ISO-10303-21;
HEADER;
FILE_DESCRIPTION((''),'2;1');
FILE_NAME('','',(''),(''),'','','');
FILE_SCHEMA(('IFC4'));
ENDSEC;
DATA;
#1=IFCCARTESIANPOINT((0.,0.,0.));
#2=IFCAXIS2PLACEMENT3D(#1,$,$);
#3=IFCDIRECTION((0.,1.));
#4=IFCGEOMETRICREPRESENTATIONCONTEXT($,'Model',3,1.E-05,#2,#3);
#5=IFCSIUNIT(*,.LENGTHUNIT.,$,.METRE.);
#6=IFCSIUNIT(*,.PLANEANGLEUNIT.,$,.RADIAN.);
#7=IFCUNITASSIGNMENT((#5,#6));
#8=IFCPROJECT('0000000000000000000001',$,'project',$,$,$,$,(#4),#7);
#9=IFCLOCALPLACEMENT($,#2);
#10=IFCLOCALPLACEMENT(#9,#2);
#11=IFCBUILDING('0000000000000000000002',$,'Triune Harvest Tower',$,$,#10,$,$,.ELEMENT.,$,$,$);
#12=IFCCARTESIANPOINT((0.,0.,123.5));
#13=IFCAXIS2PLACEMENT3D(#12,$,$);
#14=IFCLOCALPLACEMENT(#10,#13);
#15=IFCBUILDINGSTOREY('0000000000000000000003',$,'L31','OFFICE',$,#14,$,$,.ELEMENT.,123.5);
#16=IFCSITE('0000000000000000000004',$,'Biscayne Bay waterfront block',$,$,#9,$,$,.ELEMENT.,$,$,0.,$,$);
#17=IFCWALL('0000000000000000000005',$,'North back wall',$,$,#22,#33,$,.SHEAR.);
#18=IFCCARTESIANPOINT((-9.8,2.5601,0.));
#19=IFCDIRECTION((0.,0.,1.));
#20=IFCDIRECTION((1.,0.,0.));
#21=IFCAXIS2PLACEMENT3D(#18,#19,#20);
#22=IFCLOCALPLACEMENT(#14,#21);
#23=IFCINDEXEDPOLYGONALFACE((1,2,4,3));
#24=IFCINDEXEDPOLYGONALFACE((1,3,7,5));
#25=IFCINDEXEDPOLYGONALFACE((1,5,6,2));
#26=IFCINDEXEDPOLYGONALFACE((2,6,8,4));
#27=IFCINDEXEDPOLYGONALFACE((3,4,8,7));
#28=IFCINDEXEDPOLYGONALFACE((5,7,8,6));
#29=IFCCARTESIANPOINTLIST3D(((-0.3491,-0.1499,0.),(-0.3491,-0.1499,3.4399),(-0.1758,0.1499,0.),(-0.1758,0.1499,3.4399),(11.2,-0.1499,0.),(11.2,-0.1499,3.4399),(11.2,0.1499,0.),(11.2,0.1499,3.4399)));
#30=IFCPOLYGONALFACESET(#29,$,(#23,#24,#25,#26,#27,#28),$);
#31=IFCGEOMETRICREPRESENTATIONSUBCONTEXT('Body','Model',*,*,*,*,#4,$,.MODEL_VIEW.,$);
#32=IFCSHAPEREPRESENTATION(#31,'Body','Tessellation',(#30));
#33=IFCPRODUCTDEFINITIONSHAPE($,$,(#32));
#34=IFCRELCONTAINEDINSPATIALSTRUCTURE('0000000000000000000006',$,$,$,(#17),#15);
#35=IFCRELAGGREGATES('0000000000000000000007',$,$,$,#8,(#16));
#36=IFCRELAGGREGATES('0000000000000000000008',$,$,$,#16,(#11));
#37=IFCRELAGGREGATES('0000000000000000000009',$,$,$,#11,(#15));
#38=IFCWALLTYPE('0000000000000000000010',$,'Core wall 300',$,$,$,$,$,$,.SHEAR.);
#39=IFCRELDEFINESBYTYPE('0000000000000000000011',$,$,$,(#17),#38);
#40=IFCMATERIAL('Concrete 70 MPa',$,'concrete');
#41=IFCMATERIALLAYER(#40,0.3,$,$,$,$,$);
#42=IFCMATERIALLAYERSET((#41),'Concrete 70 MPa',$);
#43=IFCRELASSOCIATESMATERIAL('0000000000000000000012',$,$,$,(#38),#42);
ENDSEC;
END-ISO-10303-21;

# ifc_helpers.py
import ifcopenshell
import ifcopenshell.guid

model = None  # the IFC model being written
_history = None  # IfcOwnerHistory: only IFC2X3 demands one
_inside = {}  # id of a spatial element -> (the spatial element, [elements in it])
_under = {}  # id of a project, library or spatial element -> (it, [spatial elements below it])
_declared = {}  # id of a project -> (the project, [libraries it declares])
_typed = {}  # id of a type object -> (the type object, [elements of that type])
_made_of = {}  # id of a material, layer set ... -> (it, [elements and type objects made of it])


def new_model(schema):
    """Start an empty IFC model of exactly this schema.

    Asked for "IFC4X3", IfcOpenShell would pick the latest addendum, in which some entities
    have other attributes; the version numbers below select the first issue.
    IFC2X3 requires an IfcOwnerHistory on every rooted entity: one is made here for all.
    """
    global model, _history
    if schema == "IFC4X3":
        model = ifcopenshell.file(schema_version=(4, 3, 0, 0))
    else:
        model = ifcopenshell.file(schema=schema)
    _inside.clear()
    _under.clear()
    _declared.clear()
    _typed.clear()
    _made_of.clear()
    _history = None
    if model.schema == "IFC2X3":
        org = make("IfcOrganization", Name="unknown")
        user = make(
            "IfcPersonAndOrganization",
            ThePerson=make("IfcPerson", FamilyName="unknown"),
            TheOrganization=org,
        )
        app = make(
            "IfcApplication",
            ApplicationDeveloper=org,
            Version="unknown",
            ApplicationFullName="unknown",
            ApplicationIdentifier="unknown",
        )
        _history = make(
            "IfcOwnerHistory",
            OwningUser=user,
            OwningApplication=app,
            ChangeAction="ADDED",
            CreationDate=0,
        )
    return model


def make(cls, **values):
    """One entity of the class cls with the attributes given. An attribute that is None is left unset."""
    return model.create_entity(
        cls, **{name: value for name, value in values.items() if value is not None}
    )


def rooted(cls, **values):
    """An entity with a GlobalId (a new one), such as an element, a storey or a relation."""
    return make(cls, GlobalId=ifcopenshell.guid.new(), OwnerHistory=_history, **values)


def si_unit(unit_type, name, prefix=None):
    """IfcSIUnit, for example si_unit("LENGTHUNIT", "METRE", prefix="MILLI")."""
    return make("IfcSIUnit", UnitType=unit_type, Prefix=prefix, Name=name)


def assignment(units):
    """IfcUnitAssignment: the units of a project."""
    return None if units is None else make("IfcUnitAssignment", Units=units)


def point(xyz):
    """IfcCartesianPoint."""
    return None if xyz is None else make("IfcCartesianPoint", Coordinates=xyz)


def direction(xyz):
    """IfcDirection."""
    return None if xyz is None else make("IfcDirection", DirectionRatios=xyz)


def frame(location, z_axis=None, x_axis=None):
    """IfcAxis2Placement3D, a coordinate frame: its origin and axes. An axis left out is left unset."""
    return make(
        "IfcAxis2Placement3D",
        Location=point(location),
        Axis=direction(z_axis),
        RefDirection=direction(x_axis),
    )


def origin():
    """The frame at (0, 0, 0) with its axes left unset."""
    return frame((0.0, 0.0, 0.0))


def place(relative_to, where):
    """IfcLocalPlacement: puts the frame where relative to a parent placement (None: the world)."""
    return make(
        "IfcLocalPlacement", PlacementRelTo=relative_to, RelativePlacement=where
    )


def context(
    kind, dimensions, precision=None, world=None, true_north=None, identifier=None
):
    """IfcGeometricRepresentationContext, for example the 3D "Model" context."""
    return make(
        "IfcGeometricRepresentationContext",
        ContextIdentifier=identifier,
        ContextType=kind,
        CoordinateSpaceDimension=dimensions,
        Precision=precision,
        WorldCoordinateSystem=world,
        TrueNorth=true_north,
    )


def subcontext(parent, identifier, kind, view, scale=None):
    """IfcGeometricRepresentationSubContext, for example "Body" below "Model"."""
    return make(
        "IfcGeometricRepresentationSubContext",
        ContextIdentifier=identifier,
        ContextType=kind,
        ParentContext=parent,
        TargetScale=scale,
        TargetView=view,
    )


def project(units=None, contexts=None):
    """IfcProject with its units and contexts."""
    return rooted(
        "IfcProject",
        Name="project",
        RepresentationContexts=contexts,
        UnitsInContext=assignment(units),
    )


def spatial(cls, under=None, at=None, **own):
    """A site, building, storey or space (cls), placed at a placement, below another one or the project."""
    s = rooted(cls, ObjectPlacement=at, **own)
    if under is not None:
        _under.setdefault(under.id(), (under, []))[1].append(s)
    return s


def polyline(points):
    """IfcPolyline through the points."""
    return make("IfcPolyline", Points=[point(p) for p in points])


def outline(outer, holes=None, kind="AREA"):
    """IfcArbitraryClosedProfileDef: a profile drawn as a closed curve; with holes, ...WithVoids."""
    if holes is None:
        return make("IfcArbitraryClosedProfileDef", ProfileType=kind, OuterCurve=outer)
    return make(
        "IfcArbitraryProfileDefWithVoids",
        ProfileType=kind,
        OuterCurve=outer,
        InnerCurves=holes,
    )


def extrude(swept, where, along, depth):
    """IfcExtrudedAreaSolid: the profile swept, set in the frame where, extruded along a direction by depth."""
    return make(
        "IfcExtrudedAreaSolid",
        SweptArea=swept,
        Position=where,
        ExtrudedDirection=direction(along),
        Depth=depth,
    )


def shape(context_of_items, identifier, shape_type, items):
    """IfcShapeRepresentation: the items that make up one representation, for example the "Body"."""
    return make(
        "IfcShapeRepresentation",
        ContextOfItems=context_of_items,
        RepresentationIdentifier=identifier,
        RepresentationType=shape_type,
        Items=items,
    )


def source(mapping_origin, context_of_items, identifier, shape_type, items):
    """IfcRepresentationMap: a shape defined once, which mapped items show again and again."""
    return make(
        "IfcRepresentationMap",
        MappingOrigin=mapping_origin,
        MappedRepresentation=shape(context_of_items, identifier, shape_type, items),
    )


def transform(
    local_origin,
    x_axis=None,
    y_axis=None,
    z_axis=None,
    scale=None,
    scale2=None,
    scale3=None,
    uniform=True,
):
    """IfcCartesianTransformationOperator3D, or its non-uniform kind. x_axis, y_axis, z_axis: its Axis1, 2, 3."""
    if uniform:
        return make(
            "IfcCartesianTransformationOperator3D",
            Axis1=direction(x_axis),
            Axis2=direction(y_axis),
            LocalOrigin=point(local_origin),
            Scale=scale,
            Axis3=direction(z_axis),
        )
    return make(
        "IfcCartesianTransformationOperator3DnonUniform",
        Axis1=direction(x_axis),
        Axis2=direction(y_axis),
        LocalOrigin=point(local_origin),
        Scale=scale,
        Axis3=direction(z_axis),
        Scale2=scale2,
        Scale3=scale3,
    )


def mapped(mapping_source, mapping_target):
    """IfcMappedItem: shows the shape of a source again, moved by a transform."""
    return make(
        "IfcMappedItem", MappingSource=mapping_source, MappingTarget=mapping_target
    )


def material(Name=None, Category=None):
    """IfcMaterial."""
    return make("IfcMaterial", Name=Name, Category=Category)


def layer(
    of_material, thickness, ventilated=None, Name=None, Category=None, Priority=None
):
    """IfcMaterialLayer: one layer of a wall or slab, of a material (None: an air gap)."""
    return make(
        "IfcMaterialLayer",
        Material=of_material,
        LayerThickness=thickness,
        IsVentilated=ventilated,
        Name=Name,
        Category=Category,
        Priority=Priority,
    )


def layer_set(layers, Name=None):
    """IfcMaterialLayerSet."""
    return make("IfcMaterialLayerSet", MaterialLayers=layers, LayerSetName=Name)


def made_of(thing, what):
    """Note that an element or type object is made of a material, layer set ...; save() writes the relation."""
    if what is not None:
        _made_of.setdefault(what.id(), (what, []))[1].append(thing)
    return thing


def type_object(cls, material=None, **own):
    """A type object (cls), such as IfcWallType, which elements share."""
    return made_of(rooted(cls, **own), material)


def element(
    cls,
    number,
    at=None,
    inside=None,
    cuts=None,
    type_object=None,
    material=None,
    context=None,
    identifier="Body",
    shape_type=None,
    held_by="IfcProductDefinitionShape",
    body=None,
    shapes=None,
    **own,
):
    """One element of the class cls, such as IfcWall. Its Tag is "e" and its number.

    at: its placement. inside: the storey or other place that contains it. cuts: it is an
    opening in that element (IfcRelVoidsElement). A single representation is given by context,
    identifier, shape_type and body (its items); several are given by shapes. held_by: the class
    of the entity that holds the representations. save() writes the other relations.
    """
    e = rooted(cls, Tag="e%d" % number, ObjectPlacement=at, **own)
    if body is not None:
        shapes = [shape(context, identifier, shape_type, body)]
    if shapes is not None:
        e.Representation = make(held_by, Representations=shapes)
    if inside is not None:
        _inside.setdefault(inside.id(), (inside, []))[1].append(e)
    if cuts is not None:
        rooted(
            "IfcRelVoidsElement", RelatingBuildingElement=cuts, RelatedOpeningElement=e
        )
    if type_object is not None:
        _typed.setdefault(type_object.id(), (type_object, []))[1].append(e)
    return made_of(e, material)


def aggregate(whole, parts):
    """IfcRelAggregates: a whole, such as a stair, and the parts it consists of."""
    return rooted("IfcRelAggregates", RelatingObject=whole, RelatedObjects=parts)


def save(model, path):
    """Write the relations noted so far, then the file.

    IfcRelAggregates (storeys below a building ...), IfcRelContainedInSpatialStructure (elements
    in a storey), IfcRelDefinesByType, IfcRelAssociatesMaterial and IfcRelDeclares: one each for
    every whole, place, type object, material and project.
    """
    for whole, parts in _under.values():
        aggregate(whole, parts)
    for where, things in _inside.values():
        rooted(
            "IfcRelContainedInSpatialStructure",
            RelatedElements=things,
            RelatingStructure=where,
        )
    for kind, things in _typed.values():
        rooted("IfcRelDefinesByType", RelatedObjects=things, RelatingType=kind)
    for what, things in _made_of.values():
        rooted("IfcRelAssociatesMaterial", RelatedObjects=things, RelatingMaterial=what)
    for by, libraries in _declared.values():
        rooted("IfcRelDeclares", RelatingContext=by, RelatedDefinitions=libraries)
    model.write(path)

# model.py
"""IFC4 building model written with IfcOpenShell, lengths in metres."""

from ifc_helpers import new_model, si_unit, direction, frame, origin, place, context, subcontext, project, spatial, polyline, outline, extrude, source, transform, mapped, material, layer, layer_set, type_object, element, save


model = new_model("IFC4")

# Units and contexts
model_context = context("Model", 3, precision=1e-05, world=origin(), true_north=direction((0.0, 1.0)))
body_context = subcontext(model_context, "Body", "Model", "MODEL_VIEW")
ifc_project = project(units=[si_unit("LENGTHUNIT", "METRE"), si_unit("PLANEANGLEUNIT", "RADIAN")], contexts=[model_context])

# Site, building, storey
site_placement = place(None, origin())
site = spatial("IfcSite", under=ifc_project, at=site_placement, Name="Biscayne Bay waterfront block", CompositionType="ELEMENT", RefElevation=0.0)
building_placement = place(site_placement, origin())
building = spatial("IfcBuilding", under=site, at=building_placement, Name="Triune Harvest Tower", CompositionType="ELEMENT")
storey_placement = place(building_placement, frame((0.0, 0.0, 123.5)))
storey = spatial("IfcBuildingStorey", under=building, at=storey_placement, Name="L31", Description="OFFICE", CompositionType="ELEMENT", Elevation=123.5)

# Shared definitions
ifc_material_1 = material(Name="Concrete 70 MPa", Category="concrete")
ifc_layer_1 = layer(ifc_material_1, 0.3)
ifc_layer_set_1 = layer_set([ifc_layer_1], Name="Concrete 70 MPa")
wall_type_1 = type_object("IfcWallType", Name="Core wall 300", PredefinedType="SHEAR", material=ifc_layer_set_1)

# Wall
shared_shape_1 = source(origin(), body_context, "Body", "SweptSolid", [
    extrude(outline(polyline([(11.2, -0.1499), (-0.3491, -0.1499), (-0.1758, 0.1499), (11.2, 0.1499), (11.2, -0.1499)])), origin(), (0.0, 0.0, 1.0), 3.4399),
])
wall_1_placement = place(storey_placement, frame((-9.8, 2.5601, 0.0), z_axis=(0.0, 0.0, 1.0), x_axis=(1.0, 0.0, 0.0)))
element("IfcWall", 1, at=wall_1_placement, inside=storey, type_object=wall_type_1, Name="North back wall", PredefinedType="SHEAR", context=body_context, shape_type="MappedRepresentation", body=[
    mapped(shared_shape_1, transform((0.0, 0.0, 0.0), scale=1.0)),
])

save(model, "model.ifc")
